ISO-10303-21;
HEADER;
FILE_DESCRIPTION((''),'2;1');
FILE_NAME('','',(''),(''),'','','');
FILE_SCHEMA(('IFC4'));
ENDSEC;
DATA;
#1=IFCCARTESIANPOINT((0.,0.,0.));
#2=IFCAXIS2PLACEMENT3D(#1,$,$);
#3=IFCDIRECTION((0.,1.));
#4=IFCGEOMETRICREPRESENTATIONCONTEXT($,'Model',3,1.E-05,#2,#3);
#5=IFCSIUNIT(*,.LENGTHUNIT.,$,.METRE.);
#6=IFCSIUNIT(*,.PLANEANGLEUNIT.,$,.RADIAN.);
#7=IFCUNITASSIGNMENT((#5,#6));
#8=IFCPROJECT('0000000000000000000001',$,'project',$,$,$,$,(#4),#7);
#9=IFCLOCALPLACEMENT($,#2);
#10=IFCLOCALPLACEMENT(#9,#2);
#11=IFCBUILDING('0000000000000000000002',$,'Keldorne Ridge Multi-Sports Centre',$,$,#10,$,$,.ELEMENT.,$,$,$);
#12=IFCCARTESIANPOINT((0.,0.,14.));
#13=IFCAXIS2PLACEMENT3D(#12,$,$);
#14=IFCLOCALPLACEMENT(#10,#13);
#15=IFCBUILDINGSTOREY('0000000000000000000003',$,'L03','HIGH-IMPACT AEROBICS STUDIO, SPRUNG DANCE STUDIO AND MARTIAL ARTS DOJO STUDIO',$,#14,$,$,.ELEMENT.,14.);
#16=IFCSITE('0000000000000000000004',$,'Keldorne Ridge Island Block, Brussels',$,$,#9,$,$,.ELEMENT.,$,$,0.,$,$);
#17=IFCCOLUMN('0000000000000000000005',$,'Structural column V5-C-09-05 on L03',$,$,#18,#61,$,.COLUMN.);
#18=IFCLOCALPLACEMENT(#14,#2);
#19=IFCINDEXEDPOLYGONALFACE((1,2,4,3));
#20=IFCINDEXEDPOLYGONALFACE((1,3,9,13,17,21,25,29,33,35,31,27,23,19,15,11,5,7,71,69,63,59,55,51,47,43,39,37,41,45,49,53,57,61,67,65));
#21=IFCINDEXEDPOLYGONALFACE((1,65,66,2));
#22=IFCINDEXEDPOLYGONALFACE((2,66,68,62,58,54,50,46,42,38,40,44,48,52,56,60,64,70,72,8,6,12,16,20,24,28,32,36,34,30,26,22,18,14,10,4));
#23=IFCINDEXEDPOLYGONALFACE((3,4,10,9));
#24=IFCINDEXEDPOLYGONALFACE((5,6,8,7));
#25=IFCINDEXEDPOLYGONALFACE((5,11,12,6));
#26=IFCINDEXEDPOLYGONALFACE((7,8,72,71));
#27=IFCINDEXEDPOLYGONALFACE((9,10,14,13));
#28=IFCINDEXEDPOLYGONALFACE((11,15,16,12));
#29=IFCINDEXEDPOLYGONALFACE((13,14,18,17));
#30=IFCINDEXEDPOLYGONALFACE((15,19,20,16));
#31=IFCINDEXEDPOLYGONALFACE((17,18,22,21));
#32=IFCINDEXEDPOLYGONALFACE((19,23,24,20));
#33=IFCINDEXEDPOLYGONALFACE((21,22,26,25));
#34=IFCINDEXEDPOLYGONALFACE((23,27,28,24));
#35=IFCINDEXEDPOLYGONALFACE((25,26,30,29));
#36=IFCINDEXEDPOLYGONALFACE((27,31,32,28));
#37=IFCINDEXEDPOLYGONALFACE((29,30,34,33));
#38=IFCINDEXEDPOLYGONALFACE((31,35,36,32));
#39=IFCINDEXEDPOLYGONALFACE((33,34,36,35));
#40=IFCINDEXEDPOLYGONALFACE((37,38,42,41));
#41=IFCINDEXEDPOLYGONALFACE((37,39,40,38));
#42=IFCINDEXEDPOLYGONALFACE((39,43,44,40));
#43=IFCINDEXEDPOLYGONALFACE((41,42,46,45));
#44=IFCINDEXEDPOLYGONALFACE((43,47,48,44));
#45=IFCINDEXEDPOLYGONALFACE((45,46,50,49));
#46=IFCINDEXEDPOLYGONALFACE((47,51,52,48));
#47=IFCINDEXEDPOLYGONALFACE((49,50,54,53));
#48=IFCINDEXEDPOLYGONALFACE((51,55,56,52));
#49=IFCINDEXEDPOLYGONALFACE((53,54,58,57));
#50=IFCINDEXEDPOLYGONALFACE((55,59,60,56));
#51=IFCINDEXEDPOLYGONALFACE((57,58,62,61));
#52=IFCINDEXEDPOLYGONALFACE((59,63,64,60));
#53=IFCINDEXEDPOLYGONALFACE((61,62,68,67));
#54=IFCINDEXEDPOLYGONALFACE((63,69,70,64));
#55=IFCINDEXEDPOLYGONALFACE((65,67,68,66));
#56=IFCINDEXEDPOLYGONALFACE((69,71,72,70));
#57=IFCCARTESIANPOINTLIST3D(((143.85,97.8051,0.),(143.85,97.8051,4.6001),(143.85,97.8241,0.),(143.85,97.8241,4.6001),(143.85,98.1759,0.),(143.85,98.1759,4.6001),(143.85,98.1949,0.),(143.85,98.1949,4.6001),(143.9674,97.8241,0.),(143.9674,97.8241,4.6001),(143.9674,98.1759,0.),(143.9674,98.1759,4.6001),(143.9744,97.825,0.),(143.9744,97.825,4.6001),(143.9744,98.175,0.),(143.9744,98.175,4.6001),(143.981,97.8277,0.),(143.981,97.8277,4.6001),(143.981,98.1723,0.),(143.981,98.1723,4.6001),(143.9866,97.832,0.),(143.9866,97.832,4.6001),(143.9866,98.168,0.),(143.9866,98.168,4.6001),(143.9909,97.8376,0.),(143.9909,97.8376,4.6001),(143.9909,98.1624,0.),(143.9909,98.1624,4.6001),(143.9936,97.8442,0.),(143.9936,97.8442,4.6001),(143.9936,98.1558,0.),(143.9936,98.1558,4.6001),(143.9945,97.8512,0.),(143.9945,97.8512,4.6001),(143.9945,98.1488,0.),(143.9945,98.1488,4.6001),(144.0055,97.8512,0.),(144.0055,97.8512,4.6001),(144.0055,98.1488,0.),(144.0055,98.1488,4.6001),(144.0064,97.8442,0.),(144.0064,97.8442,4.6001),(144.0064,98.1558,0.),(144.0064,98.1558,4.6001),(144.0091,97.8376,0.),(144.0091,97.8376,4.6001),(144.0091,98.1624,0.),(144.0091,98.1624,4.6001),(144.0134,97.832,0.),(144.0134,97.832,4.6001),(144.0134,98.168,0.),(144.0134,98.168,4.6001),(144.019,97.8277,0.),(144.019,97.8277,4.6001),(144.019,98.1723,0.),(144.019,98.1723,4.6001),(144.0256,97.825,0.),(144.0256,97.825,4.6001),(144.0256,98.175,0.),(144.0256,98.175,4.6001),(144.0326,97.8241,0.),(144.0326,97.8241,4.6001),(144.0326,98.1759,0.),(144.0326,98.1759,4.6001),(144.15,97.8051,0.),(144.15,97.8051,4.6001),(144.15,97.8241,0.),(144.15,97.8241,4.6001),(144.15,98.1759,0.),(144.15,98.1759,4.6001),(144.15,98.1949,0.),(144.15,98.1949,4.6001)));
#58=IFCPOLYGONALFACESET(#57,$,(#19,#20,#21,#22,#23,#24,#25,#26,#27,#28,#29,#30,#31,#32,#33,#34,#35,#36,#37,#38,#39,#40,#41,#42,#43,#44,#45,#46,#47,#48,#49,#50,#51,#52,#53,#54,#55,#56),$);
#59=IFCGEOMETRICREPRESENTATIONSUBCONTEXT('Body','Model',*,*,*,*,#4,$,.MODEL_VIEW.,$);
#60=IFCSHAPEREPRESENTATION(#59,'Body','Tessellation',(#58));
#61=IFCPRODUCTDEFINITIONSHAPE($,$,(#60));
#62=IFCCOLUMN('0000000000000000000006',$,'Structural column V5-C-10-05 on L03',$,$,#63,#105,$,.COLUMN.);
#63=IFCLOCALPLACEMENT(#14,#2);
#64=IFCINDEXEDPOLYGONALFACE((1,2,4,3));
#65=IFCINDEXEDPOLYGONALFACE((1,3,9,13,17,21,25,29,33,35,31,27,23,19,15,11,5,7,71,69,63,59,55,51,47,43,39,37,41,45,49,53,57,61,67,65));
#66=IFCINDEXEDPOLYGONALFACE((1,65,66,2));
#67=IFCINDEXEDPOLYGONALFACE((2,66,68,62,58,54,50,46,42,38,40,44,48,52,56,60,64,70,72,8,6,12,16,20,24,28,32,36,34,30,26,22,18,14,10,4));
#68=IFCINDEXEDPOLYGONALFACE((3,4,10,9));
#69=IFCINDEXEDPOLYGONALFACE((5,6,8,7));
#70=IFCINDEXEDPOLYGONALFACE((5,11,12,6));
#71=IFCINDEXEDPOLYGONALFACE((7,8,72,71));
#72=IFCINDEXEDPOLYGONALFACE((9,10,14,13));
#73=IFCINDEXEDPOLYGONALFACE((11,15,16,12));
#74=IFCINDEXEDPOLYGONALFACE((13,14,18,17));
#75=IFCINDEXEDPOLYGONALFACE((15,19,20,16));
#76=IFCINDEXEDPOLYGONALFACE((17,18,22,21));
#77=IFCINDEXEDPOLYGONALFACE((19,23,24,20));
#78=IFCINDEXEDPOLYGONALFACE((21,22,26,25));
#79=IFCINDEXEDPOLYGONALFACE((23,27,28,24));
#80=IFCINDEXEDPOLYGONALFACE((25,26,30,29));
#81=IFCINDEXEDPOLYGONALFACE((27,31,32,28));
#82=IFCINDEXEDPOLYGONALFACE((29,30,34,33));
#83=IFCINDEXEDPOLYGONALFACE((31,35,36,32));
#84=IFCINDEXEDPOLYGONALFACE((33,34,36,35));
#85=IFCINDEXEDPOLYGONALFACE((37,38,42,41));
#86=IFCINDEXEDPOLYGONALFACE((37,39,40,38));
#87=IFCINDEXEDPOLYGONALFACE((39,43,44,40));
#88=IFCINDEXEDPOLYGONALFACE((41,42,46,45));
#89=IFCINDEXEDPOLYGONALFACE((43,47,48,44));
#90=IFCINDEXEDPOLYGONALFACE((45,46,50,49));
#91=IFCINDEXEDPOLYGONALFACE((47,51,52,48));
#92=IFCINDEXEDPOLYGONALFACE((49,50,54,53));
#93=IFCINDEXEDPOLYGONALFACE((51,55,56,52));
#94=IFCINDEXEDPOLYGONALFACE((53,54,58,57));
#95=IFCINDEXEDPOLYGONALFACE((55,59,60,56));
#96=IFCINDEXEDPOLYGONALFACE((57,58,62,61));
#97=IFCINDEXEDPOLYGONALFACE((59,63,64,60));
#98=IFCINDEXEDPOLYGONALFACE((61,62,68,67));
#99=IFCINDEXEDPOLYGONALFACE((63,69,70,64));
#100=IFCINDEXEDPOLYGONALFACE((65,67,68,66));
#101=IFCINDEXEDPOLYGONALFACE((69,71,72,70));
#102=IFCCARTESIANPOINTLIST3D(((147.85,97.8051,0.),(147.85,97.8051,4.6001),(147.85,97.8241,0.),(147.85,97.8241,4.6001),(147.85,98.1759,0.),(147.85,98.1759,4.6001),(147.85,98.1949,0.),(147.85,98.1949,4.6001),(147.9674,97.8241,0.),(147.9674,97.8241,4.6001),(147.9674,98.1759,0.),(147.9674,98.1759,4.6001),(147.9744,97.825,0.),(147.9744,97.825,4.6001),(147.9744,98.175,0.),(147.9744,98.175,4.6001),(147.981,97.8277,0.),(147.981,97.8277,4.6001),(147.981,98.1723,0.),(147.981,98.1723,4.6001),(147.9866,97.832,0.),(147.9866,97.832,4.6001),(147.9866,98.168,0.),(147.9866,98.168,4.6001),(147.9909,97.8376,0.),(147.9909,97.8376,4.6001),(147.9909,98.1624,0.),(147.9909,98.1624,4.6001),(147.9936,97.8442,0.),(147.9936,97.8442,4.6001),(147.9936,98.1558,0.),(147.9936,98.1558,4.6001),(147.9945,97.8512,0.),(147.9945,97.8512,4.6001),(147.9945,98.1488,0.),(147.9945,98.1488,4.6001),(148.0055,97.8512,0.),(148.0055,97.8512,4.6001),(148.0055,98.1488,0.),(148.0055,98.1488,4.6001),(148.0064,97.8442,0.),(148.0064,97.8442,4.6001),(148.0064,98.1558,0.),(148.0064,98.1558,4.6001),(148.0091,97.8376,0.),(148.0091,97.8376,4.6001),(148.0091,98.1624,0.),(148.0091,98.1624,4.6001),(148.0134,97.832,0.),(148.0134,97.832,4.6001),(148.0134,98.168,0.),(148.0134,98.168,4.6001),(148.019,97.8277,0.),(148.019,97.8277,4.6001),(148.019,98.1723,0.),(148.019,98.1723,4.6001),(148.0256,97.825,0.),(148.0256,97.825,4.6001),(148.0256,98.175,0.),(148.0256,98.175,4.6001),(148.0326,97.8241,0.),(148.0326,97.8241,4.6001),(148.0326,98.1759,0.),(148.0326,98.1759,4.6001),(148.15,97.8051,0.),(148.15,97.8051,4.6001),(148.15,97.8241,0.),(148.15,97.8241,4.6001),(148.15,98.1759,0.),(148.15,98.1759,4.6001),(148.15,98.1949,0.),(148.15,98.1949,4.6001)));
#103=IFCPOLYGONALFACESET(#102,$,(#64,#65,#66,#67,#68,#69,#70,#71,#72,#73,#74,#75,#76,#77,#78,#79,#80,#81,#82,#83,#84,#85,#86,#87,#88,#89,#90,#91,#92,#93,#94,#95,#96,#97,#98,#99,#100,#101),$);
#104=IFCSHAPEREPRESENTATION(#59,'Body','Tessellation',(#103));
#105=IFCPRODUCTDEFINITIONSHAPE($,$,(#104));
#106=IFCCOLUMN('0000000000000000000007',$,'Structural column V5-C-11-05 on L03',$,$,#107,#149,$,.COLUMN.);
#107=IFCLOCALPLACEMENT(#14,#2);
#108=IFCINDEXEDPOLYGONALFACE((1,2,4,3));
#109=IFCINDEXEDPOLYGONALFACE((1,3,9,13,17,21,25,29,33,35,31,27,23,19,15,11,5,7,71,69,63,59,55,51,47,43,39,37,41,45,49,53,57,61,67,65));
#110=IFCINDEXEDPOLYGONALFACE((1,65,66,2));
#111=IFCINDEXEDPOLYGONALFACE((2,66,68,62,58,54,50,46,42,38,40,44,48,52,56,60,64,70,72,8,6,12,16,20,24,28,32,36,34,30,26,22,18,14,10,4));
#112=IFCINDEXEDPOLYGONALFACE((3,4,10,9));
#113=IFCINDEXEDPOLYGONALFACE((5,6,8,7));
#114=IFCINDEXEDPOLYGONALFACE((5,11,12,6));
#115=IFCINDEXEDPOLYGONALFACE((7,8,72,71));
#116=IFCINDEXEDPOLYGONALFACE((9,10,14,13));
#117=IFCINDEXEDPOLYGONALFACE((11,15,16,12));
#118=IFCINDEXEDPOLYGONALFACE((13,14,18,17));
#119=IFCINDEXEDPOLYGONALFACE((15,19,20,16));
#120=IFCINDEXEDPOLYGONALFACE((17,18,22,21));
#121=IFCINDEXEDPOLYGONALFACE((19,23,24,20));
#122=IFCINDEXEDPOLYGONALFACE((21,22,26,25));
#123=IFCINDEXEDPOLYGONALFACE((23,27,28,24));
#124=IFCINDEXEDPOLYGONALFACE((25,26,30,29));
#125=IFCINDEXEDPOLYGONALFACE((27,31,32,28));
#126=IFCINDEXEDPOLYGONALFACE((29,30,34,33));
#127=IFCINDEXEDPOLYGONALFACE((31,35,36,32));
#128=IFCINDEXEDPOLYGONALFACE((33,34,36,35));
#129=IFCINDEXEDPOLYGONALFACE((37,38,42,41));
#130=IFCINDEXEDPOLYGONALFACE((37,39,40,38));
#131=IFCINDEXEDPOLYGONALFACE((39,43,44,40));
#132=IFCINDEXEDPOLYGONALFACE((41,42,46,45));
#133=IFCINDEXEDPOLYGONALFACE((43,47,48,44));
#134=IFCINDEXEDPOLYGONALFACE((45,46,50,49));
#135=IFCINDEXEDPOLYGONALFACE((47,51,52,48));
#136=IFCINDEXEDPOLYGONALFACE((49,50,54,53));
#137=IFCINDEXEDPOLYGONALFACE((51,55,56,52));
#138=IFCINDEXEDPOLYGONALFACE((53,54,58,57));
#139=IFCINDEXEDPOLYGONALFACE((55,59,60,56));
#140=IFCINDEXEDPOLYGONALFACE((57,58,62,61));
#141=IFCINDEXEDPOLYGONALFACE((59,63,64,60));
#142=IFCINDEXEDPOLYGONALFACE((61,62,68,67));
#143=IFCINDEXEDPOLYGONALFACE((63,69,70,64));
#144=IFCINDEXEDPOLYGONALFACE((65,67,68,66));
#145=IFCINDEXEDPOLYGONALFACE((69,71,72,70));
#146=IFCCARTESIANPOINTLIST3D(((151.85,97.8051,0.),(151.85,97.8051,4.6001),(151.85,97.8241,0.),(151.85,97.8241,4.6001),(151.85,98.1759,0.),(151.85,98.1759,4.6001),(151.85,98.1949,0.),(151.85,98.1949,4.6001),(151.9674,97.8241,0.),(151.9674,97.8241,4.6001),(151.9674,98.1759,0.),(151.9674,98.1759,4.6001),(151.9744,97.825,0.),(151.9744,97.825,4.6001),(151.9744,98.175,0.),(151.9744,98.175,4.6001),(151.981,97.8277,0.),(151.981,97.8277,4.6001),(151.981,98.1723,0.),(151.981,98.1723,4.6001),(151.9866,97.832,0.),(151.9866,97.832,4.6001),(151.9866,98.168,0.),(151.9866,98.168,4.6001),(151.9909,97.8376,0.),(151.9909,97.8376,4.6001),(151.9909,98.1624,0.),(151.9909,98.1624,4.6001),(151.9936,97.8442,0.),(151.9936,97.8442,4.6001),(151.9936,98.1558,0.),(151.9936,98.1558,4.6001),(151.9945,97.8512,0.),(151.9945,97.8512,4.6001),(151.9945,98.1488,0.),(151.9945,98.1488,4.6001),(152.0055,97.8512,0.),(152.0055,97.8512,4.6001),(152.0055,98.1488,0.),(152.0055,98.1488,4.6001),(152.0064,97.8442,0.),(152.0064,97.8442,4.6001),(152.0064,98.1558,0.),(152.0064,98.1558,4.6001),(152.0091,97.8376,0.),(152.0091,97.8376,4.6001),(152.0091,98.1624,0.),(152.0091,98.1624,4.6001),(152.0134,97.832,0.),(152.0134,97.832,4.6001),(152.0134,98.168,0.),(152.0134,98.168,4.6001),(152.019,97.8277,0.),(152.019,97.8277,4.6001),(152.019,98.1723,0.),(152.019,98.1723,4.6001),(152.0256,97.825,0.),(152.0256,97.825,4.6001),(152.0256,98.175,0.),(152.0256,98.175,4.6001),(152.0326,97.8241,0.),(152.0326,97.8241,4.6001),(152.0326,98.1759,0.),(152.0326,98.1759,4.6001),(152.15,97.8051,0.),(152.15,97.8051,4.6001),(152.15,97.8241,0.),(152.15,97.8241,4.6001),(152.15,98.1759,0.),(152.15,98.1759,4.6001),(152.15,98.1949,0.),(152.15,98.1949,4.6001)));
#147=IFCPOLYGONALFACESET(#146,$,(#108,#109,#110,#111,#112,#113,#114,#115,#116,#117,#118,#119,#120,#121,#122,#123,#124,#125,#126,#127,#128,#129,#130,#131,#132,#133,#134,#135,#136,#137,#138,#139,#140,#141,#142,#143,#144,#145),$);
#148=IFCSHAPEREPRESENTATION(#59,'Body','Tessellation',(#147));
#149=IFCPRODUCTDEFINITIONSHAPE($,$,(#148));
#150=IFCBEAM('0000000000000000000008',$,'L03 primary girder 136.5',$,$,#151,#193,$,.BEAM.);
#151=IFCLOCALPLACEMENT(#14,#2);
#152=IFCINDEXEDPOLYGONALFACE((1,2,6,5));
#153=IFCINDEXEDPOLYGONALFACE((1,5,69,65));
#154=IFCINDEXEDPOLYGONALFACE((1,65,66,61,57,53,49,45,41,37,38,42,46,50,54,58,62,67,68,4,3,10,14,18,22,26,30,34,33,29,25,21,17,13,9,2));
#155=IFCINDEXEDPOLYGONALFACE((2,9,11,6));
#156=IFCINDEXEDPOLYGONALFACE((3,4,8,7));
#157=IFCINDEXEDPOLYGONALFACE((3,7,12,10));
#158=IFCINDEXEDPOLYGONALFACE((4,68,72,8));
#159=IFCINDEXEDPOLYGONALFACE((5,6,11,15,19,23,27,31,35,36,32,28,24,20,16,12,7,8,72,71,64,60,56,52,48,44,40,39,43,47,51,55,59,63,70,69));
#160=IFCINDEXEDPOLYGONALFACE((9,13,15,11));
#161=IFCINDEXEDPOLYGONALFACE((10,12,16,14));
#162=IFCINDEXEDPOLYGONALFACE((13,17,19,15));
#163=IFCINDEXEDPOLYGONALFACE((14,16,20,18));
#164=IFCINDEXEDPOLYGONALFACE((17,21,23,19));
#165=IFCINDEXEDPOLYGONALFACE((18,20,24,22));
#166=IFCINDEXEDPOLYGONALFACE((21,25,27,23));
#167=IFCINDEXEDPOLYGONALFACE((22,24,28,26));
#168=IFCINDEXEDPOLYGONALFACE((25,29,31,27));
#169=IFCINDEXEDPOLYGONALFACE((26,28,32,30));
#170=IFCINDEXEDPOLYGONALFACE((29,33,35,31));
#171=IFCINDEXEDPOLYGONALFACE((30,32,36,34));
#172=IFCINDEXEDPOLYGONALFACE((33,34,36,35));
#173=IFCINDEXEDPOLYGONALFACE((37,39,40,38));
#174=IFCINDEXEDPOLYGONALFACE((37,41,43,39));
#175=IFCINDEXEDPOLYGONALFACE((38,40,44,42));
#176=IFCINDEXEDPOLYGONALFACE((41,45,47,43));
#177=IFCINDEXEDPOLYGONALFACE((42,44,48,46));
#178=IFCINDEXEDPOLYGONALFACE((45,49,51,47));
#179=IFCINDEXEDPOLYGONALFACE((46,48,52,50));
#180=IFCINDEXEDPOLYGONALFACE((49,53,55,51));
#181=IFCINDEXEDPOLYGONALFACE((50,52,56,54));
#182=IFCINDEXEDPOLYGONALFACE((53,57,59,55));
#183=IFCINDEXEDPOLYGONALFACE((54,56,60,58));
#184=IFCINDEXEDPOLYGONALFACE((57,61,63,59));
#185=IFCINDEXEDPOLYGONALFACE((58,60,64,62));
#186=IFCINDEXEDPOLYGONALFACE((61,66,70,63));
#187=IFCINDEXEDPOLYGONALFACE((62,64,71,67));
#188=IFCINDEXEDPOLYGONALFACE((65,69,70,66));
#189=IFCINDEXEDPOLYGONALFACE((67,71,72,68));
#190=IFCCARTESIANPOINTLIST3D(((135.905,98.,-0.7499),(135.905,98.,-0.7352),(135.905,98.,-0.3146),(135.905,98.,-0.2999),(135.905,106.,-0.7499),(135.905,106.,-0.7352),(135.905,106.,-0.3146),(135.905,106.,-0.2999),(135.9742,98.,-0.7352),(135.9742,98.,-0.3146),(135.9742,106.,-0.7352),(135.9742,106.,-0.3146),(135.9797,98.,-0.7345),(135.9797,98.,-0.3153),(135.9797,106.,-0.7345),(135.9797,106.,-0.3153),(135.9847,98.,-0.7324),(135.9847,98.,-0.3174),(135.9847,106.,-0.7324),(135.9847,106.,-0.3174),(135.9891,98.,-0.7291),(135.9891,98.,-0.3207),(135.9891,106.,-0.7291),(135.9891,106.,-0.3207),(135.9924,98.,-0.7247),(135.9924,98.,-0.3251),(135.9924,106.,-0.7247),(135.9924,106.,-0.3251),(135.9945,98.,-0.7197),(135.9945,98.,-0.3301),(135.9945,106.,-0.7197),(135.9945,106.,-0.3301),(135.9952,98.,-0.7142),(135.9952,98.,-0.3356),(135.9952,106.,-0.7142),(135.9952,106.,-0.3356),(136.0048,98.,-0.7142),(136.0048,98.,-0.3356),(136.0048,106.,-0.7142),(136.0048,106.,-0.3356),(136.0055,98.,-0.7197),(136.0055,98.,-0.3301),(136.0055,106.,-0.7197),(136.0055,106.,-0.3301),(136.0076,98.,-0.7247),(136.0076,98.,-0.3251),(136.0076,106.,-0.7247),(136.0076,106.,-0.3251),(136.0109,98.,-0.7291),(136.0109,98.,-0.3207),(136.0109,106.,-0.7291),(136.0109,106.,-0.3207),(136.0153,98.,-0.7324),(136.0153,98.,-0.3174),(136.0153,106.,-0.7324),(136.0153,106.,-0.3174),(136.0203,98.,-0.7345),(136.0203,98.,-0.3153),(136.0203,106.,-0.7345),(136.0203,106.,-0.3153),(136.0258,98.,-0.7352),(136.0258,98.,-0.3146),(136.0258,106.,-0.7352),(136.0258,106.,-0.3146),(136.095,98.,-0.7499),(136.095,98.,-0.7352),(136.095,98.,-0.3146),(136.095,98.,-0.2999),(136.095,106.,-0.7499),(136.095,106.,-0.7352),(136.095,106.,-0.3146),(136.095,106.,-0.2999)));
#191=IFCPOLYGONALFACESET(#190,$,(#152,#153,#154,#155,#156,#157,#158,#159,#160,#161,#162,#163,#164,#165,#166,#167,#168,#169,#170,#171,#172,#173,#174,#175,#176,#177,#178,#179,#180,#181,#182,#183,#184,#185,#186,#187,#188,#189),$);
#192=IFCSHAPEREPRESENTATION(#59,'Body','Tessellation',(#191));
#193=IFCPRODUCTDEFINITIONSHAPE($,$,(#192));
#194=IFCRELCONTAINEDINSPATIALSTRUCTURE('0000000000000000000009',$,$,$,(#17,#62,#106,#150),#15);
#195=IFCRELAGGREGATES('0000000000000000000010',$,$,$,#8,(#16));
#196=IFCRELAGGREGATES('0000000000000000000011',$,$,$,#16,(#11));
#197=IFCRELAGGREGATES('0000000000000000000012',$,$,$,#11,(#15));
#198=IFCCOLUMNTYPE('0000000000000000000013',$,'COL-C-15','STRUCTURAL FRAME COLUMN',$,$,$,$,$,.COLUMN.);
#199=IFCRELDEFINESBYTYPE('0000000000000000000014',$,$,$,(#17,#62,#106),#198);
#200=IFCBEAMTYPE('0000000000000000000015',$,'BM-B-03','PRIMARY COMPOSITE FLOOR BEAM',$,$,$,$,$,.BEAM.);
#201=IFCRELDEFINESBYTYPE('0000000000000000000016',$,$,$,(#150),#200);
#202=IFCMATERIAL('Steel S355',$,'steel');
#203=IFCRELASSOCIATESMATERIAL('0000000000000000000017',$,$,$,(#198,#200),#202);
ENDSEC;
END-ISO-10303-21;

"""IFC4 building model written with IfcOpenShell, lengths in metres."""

from ifc_helpers import new_model, si_unit, direction, frame, origin, origin_2d, place, context, subcontext, project, spatial, i_section, extrude, material, material_profile, profile_set, type_object, element, save


model = new_model("IFC4")

# Units and contexts
model_context = context("Model", 3, precision=1e-05, world=origin(), true_north=direction((0.0, 1.0)))
body_context = subcontext(model_context, "Body", "Model", "MODEL_VIEW")
ifc_project = project(units=[si_unit("LENGTHUNIT", "METRE"), si_unit("PLANEANGLEUNIT", "RADIAN")], contexts=[model_context])

# Site, building, storey
site_placement = place(None, origin())
site = spatial("IfcSite", under=ifc_project, at=site_placement, Name="Keldorne Ridge Island Block, Brussels", CompositionType="ELEMENT", RefElevation=0.0)
building_placement = place(site_placement, origin())
building = spatial("IfcBuilding", under=site, at=building_placement, Name="Keldorne Ridge Multi-Sports Centre", CompositionType="ELEMENT")
storey_placement = place(building_placement, frame((0.0, 0.0, 14.0)))
storey = spatial("IfcBuildingStorey", under=building, at=storey_placement, Name="L03", Description="HIGH-IMPACT AEROBICS STUDIO, SPRUNG DANCE STUDIO AND MARTIAL ARTS DOJO STUDIO", CompositionType="ELEMENT", Elevation=14.0)

# Columns
ifc_material_1 = material(Name="Steel S355", Category="steel")
ifc_material_profile_1 = material_profile(ifc_material_1, i_section(OverallWidth=0.3, OverallDepth=0.3899, WebThickness=0.011, FlangeThickness=0.019, FilletRadius=0.0271, at=origin_2d()), Name="HEA 400")
ifc_profile_set_1 = profile_set([ifc_material_profile_1], Name="Steel S355")
column_type = type_object("IfcColumnType", Name="COL-C-15", Description="STRUCTURAL FRAME COLUMN", PredefinedType="COLUMN", material=ifc_profile_set_1)
for number, where, z_axis, x_axis, name in (
    (1, (144.0, 98.0, 0.0), (0.0, 0.0, 1.0), (1.0, 0.0, 0.0), "Structural column V5-C-09-05 on L03"),
    (2, (148.0, 98.0, 0.0), (0.0, 0.0, 1.0), (1.0, 0.0, 0.0), "Structural column V5-C-10-05 on L03"),
    (3, (152.0, 98.0, 0.0), (0.0, 0.0, 1.0), (1.0, 0.0, 0.0), "Structural column V5-C-11-05 on L03"),
):
    element("IfcColumn", number, at=place(storey_placement, frame(where, z_axis=z_axis, x_axis=x_axis)), inside=storey, type_object=column_type, Name=name, PredefinedType="COLUMN", context=body_context, shape_type="SweptSolid", body=[
        extrude(i_section(OverallWidth=0.3, OverallDepth=0.3899, WebThickness=0.011, FlangeThickness=0.019, FilletRadius=0.0271, at=origin_2d()), origin(), (0.0, 0.0, 1.0), 4.6001),
    ])

# Beam
ifc_material_profile_2 = material_profile(ifc_material_1, i_section(OverallWidth=0.1899, OverallDepth=0.45, WebThickness=0.0095, FlangeThickness=0.0146, FilletRadius=0.021, at=origin_2d()), Name="IPE 450")
ifc_profile_set_2 = profile_set([ifc_material_profile_2], Name="Steel S355")
beam_type_1 = type_object("IfcBeamType", Name="BM-B-03", Description="PRIMARY COMPOSITE FLOOR BEAM", PredefinedType="BEAM", material=ifc_profile_set_2)
beam_1_placement = place(storey_placement, frame((136.0, 98.0, -0.5249), z_axis=(0.0, 1.0, 0.0), x_axis=(-1.0, 0.0, 0.0)))
element("IfcBeam", 4, at=beam_1_placement, inside=storey, type_object=beam_type_1, Name="L03 primary girder 136.5", PredefinedType="BEAM", context=body_context, shape_type="SweptSolid", body=[
    extrude(i_section(OverallWidth=0.1899, OverallDepth=0.45, WebThickness=0.0095, FlangeThickness=0.0146, FilletRadius=0.021, at=origin_2d()), origin(), (0.0, 0.0, 1.0), 8.0),
])

save(model, "model.ifc")
